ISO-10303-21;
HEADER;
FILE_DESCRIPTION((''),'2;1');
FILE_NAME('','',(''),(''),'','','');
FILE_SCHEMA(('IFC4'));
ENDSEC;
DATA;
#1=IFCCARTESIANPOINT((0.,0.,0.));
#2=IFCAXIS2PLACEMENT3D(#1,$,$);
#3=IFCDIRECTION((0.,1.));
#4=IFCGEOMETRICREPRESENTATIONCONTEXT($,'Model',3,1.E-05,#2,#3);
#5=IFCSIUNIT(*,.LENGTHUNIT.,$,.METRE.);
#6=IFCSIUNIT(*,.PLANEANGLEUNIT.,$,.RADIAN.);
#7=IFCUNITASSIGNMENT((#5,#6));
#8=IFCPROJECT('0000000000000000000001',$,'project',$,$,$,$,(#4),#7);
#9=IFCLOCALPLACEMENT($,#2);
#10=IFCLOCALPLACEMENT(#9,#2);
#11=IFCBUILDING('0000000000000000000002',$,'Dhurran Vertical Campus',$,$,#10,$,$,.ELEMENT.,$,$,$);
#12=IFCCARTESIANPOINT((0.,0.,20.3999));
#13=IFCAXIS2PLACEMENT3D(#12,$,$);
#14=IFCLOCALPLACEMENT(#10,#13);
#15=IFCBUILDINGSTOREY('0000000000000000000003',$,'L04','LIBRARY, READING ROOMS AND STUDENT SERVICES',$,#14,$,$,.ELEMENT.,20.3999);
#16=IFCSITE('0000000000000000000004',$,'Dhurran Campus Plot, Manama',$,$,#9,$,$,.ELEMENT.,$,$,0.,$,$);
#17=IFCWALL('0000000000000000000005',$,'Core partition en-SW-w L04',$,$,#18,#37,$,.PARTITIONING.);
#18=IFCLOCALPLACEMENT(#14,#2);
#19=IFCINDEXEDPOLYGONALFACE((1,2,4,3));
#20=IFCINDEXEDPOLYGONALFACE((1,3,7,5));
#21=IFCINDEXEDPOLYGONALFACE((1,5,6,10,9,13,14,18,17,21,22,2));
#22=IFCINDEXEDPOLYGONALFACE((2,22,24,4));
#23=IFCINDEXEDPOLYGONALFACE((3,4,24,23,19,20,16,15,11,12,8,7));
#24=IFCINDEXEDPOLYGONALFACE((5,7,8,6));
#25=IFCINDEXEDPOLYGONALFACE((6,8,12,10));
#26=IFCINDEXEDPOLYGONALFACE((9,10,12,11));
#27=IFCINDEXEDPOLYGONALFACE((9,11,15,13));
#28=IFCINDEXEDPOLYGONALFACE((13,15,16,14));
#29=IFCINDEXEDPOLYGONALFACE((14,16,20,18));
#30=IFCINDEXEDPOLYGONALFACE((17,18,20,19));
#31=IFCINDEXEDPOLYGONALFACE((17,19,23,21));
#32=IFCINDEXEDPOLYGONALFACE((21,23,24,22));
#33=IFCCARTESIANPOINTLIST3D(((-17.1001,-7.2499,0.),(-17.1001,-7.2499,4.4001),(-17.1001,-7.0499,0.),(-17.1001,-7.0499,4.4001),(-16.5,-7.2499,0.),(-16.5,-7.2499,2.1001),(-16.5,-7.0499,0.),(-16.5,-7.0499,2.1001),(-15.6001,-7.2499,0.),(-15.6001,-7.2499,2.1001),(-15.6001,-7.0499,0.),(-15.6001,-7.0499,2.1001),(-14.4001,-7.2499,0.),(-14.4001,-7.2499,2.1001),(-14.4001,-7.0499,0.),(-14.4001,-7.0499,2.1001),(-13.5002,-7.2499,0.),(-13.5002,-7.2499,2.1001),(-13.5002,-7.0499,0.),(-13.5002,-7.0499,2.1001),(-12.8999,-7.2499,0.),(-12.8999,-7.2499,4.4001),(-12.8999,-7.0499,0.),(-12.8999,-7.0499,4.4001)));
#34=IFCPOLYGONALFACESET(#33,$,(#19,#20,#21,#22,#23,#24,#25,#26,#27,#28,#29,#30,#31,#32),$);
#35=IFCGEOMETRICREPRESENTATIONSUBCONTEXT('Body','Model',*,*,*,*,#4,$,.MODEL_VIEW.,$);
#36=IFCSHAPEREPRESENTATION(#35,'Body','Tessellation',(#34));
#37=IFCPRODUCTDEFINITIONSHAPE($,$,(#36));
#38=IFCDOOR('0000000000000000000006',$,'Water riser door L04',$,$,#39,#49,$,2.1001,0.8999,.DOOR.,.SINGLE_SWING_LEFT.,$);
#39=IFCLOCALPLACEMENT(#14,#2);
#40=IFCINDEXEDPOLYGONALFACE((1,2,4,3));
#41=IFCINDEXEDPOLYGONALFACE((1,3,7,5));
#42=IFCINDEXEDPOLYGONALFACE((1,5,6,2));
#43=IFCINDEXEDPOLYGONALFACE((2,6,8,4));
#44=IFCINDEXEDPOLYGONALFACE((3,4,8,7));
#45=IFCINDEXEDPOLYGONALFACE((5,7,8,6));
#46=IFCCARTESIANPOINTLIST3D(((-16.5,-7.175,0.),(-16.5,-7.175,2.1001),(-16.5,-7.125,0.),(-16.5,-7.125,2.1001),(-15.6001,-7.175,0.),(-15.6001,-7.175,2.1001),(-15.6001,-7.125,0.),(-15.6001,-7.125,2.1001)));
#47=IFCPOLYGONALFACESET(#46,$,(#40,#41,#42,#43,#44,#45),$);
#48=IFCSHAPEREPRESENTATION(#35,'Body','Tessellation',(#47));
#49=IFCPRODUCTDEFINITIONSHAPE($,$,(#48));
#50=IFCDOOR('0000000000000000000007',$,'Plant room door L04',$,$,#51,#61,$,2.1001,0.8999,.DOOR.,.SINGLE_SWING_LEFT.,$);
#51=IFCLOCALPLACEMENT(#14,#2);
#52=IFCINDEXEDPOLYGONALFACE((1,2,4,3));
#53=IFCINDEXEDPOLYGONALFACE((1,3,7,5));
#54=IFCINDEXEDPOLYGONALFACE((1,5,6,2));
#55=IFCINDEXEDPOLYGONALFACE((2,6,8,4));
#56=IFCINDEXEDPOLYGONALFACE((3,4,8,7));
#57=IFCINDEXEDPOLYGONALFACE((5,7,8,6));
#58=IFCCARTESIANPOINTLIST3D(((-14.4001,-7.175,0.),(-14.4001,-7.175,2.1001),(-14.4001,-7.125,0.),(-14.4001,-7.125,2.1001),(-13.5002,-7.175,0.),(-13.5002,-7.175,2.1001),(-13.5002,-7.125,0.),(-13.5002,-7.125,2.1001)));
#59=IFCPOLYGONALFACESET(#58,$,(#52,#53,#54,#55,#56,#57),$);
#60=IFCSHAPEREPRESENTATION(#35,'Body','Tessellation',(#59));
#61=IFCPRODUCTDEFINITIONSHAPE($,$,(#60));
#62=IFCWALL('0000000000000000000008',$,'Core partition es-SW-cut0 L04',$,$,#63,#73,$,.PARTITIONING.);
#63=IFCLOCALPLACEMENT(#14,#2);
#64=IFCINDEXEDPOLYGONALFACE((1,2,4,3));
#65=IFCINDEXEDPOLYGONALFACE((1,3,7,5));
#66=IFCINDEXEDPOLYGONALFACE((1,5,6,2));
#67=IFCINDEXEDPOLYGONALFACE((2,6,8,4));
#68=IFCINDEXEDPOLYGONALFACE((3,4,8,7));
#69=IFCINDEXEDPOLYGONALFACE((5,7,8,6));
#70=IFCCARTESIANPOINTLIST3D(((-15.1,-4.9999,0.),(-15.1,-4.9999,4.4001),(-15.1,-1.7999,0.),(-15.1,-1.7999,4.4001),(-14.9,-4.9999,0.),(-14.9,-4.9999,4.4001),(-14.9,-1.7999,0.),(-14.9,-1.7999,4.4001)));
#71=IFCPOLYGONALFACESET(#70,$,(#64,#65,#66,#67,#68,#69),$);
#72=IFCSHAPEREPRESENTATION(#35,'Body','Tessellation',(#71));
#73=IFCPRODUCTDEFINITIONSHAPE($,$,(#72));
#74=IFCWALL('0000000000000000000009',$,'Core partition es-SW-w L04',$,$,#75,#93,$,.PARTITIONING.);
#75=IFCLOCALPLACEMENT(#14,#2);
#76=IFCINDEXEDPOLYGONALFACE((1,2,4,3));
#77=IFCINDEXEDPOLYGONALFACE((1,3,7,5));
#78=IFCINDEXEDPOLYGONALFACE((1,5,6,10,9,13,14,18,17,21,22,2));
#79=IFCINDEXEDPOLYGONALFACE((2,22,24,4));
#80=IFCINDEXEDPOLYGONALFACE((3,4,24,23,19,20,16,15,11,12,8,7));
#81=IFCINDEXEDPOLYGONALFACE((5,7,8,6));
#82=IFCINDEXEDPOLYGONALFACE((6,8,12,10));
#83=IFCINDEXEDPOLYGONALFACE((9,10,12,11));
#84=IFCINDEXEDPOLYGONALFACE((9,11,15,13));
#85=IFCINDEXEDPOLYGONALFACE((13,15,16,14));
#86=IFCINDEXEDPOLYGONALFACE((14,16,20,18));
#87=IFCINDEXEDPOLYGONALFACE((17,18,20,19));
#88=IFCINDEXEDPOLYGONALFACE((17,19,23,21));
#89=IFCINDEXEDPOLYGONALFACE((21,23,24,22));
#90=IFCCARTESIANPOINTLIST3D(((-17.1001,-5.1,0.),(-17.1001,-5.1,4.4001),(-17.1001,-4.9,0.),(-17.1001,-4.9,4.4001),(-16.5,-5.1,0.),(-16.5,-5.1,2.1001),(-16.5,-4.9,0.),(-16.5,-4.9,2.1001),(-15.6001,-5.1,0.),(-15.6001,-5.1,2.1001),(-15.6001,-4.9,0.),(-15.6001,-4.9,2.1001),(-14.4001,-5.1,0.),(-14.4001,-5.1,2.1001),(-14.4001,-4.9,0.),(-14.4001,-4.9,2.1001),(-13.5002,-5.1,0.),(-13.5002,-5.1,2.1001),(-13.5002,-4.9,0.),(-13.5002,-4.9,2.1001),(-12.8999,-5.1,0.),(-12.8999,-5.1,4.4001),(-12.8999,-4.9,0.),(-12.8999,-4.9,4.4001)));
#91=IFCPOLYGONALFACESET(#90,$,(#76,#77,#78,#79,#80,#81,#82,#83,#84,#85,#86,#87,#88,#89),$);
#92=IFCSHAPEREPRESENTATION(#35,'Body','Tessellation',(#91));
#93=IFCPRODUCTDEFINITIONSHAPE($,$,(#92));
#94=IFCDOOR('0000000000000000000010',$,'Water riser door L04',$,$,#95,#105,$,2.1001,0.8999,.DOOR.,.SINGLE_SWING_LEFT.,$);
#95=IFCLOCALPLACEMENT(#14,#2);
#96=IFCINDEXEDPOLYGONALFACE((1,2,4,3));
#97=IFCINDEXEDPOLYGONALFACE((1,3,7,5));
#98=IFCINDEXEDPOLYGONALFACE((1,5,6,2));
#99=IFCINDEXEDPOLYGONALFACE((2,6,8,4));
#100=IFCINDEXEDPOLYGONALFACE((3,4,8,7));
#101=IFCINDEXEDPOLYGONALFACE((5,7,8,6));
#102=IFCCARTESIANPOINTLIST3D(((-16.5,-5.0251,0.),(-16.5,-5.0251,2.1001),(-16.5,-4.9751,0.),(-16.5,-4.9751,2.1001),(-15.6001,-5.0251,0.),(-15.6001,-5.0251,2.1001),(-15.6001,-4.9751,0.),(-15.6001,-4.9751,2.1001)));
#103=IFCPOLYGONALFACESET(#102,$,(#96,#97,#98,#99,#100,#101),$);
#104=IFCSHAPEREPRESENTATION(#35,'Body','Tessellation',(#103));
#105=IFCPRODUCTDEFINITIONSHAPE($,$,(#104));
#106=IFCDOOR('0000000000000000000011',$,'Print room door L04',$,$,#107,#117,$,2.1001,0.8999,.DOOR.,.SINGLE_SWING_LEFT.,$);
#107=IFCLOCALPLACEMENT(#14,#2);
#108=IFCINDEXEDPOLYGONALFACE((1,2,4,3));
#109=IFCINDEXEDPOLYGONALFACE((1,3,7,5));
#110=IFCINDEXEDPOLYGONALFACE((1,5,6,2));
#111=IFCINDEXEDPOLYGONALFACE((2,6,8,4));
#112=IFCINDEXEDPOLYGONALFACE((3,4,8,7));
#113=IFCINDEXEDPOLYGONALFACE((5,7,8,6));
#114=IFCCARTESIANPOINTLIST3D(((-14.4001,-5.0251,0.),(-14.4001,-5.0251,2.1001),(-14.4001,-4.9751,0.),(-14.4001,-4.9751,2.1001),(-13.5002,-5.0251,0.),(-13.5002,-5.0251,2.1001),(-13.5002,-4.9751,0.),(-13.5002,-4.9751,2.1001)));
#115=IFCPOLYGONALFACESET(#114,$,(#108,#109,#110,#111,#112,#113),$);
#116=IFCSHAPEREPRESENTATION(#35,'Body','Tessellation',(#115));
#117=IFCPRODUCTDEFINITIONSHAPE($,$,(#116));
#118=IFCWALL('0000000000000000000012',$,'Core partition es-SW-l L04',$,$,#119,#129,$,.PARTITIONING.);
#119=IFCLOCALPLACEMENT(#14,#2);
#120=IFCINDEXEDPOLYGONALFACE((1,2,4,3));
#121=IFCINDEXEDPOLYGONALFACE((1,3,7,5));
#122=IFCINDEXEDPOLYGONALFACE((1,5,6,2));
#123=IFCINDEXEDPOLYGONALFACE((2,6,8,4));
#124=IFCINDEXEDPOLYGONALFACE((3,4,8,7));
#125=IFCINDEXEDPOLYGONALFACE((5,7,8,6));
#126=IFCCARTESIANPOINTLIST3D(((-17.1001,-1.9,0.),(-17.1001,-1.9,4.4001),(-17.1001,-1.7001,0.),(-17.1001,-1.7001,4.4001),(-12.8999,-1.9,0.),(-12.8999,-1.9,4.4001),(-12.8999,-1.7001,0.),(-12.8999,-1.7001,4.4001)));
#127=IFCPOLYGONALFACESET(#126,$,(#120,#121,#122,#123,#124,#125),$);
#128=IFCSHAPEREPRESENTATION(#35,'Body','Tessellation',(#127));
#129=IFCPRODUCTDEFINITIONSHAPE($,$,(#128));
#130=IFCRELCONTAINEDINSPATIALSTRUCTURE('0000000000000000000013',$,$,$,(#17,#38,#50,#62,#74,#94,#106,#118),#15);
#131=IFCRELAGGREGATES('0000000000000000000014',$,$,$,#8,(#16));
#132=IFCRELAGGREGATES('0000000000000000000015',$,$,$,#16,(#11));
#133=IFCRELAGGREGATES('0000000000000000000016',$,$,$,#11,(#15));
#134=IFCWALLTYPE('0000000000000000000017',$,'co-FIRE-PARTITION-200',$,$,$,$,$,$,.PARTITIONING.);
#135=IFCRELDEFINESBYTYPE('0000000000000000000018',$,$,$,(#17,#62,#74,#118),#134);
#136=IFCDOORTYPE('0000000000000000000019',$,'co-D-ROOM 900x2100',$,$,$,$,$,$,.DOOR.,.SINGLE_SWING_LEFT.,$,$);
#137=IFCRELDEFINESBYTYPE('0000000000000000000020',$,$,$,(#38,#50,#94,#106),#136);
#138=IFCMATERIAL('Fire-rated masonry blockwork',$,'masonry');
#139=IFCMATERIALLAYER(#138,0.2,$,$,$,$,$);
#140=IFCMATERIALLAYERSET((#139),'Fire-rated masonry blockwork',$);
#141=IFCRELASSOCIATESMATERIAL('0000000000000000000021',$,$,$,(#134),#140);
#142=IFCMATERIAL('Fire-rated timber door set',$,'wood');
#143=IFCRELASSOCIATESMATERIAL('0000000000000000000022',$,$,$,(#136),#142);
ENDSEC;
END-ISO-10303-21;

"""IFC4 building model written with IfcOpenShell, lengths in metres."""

from ifc_helpers import new_model, si_unit, direction, frame, frame_2d, origin, place, context, subcontext, project, spatial, rectangle, extrude, material, layer, layer_set, type_object, element, fill, save


model = new_model("IFC4")

# Units and contexts
model_context = context("Model", 3, precision=1e-05, world=origin(), true_north=direction((0.0, 1.0)))
body_context = subcontext(model_context, "Body", "Model", "MODEL_VIEW")
ifc_project = project(units=[si_unit("LENGTHUNIT", "METRE"), si_unit("PLANEANGLEUNIT", "RADIAN")], contexts=[model_context])

# Site, building, storey
site_placement = place(None, origin())
site = spatial("IfcSite", under=ifc_project, at=site_placement, Name="Dhurran Campus Plot, Manama", CompositionType="ELEMENT", RefElevation=0.0)
building_placement = place(site_placement, origin())
building = spatial("IfcBuilding", under=site, at=building_placement, Name="Dhurran Vertical Campus", CompositionType="ELEMENT")
storey_placement = place(building_placement, frame((0.0, 0.0, 20.3999)))
storey = spatial("IfcBuildingStorey", under=building, at=storey_placement, Name="L04", Description="LIBRARY, READING ROOMS AND STUDENT SERVICES", CompositionType="ELEMENT", Elevation=20.3999)

# Wall, openings, doors
ifc_material_1 = material(Name="Fire-rated masonry blockwork", Category="masonry")
ifc_layer_1 = layer(ifc_material_1, 0.2)
ifc_layer_set_1 = layer_set([ifc_layer_1], Name="Fire-rated masonry blockwork")
wall_type_1 = type_object("IfcWallType", Name="co-FIRE-PARTITION-200", PredefinedType="PARTITIONING", material=ifc_layer_set_1)
wall_1_placement = place(storey_placement, frame((-17.1001, -7.1499, 0.0), z_axis=(0.0, 0.0, 1.0), x_axis=(1.0, 0.0, 0.0)))
wall_1 = element("IfcWall", 1, at=wall_1_placement, inside=storey, type_object=wall_type_1, Name="Core partition en-SW-w L04", PredefinedType="PARTITIONING", context=body_context, shape_type="SweptSolid", body=[
    extrude(rectangle(XDim=4.2002, YDim=0.2, at=frame_2d((2.1001, 0.0))), origin(), (0.0, 0.0, 1.0), 4.4001),
])
opening_1_placement = place(wall_1_placement, frame((0.6001, 0.0, 0.0)))
opening_1 = element("IfcOpeningElement", 2, at=opening_1_placement, cuts=wall_1, PredefinedType="OPENING", context=body_context, shape_type="SweptSolid", body=[
    extrude(rectangle(XDim=0.8999, YDim=2.1001, at=frame_2d((0.45, 1.05))), frame((0.0, 0.1099, 0.0), z_axis=(0.0, -1.0, 0.0), x_axis=(1.0, 0.0, 0.0)), (0.0, 0.0, 1.0), 0.22),
])
opening_2_placement = place(wall_1_placement, frame((2.7, 0.0, 0.0)))
opening_2 = element("IfcOpeningElement", 3, at=opening_2_placement, cuts=wall_1, PredefinedType="OPENING", context=body_context, shape_type="SweptSolid", body=[
    extrude(rectangle(XDim=0.8999, YDim=2.1001, at=frame_2d((0.45, 1.05))), frame((0.0, 0.1099, 0.0), z_axis=(0.0, -1.0, 0.0), x_axis=(1.0, 0.0, 0.0)), (0.0, 0.0, 1.0), 0.22),
])
ifc_material_2 = material(Name="Fire-rated timber door set", Category="wood")
door_type_1 = type_object("IfcDoorType", Name="co-D-ROOM 900x2100", OperationType="SINGLE_SWING_LEFT", PredefinedType="DOOR", material=ifc_material_2)
door_1_placement = place(opening_1_placement, origin())
door_1 = element("IfcDoor", 4, at=door_1_placement, inside=storey, type_object=door_type_1, Name="Water riser door L04", OperationType="SINGLE_SWING_LEFT", OverallHeight=2.1001, OverallWidth=0.8999, PredefinedType="DOOR", context=body_context, shape_type="SweptSolid", body=[
    extrude(rectangle(XDim=0.8999, YDim=2.1001, at=frame_2d((0.45, 1.05))), frame((0.0, 0.0249, 0.0), z_axis=(0.0, -1.0, 0.0), x_axis=(1.0, 0.0, 0.0)), (0.0, 0.0, 1.0), 0.05),
])
fill(opening_1, door_1)
door_2_placement = place(opening_2_placement, origin())
door_2 = element("IfcDoor", 5, at=door_2_placement, inside=storey, type_object=door_type_1, Name="Plant room door L04", OperationType="SINGLE_SWING_LEFT", OverallHeight=2.1001, OverallWidth=0.8999, PredefinedType="DOOR", context=body_context, shape_type="SweptSolid", body=[
    extrude(rectangle(XDim=0.8999, YDim=2.1001, at=frame_2d((0.45, 1.05))), frame((0.0, 0.0249, 0.0), z_axis=(0.0, -1.0, 0.0), x_axis=(1.0, 0.0, 0.0)), (0.0, 0.0, 1.0), 0.05),
])
fill(opening_2, door_2)

# Wall
wall_2_placement = place(storey_placement, frame((-15.0, -5.0, 0.0), z_axis=(0.0, 0.0, 1.0), x_axis=(0.0, 1.0, 0.0)))
element("IfcWall", 6, at=wall_2_placement, inside=storey, type_object=wall_type_1, Name="Core partition es-SW-cut0 L04", PredefinedType="PARTITIONING", context=body_context, shape_type="SweptSolid", body=[
    extrude(rectangle(XDim=3.2, YDim=0.2, at=frame_2d((1.6001, 0.0))), origin(), (0.0, 0.0, 1.0), 4.4001),
])

# Wall, openings, doors
wall_3_placement = place(storey_placement, frame((-17.1001, -5.0, 0.0), z_axis=(0.0, 0.0, 1.0), x_axis=(1.0, 0.0, 0.0)))
wall_3 = element("IfcWall", 7, at=wall_3_placement, inside=storey, type_object=wall_type_1, Name="Core partition es-SW-w L04", PredefinedType="PARTITIONING", context=body_context, shape_type="SweptSolid", body=[
    extrude(rectangle(XDim=4.2002, YDim=0.2, at=frame_2d((2.1001, 0.0))), origin(), (0.0, 0.0, 1.0), 4.4001),
])
opening_3_placement = place(wall_3_placement, frame((0.6001, 0.0, 0.0)))
opening_3 = element("IfcOpeningElement", 8, at=opening_3_placement, cuts=wall_3, PredefinedType="OPENING", context=body_context, shape_type="SweptSolid", body=[
    extrude(rectangle(XDim=0.8999, YDim=2.1001, at=frame_2d((0.45, 1.05))), frame((0.0, 0.1099, 0.0), z_axis=(0.0, -1.0, 0.0), x_axis=(1.0, 0.0, 0.0)), (0.0, 0.0, 1.0), 0.22),
])
opening_4_placement = place(wall_3_placement, frame((2.7, 0.0, 0.0)))
opening_4 = element("IfcOpeningElement", 9, at=opening_4_placement, cuts=wall_3, PredefinedType="OPENING", context=body_context, shape_type="SweptSolid", body=[
    extrude(rectangle(XDim=0.8999, YDim=2.1001, at=frame_2d((0.45, 1.05))), frame((0.0, 0.1099, 0.0), z_axis=(0.0, -1.0, 0.0), x_axis=(1.0, 0.0, 0.0)), (0.0, 0.0, 1.0), 0.22),
])
door_3_placement = place(opening_3_placement, origin())
door_3 = element("IfcDoor", 10, at=door_3_placement, inside=storey, type_object=door_type_1, Name="Water riser door L04", OperationType="SINGLE_SWING_LEFT", OverallHeight=2.1001, OverallWidth=0.8999, PredefinedType="DOOR", context=body_context, shape_type="SweptSolid", body=[
    extrude(rectangle(XDim=0.8999, YDim=2.1001, at=frame_2d((0.45, 1.05))), frame((0.0, 0.0249, 0.0), z_axis=(0.0, -1.0, 0.0), x_axis=(1.0, 0.0, 0.0)), (0.0, 0.0, 1.0), 0.05),
])
fill(opening_3, door_3)
door_4_placement = place(opening_4_placement, origin())
door_4 = element("IfcDoor", 11, at=door_4_placement, inside=storey, type_object=door_type_1, Name="Print room door L04", OperationType="SINGLE_SWING_LEFT", OverallHeight=2.1001, OverallWidth=0.8999, PredefinedType="DOOR", context=body_context, shape_type="SweptSolid", body=[
    extrude(rectangle(XDim=0.8999, YDim=2.1001, at=frame_2d((0.45, 1.05))), frame((0.0, 0.0249, 0.0), z_axis=(0.0, -1.0, 0.0), x_axis=(1.0, 0.0, 0.0)), (0.0, 0.0, 1.0), 0.05),
])
fill(opening_4, door_4)

# Wall
wall_4_placement = place(storey_placement, frame((-17.1001, -1.8, 0.0), z_axis=(0.0, 0.0, 1.0), x_axis=(1.0, 0.0, 0.0)))
element("IfcWall", 12, at=wall_4_placement, inside=storey, type_object=wall_type_1, Name="Core partition es-SW-l L04", PredefinedType="PARTITIONING", context=body_context, shape_type="SweptSolid", body=[
    extrude(rectangle(XDim=4.2002, YDim=0.2, at=frame_2d((2.1001, 0.0))), origin(), (0.0, 0.0, 1.0), 4.4001),
])

save(model, "model.ifc")
